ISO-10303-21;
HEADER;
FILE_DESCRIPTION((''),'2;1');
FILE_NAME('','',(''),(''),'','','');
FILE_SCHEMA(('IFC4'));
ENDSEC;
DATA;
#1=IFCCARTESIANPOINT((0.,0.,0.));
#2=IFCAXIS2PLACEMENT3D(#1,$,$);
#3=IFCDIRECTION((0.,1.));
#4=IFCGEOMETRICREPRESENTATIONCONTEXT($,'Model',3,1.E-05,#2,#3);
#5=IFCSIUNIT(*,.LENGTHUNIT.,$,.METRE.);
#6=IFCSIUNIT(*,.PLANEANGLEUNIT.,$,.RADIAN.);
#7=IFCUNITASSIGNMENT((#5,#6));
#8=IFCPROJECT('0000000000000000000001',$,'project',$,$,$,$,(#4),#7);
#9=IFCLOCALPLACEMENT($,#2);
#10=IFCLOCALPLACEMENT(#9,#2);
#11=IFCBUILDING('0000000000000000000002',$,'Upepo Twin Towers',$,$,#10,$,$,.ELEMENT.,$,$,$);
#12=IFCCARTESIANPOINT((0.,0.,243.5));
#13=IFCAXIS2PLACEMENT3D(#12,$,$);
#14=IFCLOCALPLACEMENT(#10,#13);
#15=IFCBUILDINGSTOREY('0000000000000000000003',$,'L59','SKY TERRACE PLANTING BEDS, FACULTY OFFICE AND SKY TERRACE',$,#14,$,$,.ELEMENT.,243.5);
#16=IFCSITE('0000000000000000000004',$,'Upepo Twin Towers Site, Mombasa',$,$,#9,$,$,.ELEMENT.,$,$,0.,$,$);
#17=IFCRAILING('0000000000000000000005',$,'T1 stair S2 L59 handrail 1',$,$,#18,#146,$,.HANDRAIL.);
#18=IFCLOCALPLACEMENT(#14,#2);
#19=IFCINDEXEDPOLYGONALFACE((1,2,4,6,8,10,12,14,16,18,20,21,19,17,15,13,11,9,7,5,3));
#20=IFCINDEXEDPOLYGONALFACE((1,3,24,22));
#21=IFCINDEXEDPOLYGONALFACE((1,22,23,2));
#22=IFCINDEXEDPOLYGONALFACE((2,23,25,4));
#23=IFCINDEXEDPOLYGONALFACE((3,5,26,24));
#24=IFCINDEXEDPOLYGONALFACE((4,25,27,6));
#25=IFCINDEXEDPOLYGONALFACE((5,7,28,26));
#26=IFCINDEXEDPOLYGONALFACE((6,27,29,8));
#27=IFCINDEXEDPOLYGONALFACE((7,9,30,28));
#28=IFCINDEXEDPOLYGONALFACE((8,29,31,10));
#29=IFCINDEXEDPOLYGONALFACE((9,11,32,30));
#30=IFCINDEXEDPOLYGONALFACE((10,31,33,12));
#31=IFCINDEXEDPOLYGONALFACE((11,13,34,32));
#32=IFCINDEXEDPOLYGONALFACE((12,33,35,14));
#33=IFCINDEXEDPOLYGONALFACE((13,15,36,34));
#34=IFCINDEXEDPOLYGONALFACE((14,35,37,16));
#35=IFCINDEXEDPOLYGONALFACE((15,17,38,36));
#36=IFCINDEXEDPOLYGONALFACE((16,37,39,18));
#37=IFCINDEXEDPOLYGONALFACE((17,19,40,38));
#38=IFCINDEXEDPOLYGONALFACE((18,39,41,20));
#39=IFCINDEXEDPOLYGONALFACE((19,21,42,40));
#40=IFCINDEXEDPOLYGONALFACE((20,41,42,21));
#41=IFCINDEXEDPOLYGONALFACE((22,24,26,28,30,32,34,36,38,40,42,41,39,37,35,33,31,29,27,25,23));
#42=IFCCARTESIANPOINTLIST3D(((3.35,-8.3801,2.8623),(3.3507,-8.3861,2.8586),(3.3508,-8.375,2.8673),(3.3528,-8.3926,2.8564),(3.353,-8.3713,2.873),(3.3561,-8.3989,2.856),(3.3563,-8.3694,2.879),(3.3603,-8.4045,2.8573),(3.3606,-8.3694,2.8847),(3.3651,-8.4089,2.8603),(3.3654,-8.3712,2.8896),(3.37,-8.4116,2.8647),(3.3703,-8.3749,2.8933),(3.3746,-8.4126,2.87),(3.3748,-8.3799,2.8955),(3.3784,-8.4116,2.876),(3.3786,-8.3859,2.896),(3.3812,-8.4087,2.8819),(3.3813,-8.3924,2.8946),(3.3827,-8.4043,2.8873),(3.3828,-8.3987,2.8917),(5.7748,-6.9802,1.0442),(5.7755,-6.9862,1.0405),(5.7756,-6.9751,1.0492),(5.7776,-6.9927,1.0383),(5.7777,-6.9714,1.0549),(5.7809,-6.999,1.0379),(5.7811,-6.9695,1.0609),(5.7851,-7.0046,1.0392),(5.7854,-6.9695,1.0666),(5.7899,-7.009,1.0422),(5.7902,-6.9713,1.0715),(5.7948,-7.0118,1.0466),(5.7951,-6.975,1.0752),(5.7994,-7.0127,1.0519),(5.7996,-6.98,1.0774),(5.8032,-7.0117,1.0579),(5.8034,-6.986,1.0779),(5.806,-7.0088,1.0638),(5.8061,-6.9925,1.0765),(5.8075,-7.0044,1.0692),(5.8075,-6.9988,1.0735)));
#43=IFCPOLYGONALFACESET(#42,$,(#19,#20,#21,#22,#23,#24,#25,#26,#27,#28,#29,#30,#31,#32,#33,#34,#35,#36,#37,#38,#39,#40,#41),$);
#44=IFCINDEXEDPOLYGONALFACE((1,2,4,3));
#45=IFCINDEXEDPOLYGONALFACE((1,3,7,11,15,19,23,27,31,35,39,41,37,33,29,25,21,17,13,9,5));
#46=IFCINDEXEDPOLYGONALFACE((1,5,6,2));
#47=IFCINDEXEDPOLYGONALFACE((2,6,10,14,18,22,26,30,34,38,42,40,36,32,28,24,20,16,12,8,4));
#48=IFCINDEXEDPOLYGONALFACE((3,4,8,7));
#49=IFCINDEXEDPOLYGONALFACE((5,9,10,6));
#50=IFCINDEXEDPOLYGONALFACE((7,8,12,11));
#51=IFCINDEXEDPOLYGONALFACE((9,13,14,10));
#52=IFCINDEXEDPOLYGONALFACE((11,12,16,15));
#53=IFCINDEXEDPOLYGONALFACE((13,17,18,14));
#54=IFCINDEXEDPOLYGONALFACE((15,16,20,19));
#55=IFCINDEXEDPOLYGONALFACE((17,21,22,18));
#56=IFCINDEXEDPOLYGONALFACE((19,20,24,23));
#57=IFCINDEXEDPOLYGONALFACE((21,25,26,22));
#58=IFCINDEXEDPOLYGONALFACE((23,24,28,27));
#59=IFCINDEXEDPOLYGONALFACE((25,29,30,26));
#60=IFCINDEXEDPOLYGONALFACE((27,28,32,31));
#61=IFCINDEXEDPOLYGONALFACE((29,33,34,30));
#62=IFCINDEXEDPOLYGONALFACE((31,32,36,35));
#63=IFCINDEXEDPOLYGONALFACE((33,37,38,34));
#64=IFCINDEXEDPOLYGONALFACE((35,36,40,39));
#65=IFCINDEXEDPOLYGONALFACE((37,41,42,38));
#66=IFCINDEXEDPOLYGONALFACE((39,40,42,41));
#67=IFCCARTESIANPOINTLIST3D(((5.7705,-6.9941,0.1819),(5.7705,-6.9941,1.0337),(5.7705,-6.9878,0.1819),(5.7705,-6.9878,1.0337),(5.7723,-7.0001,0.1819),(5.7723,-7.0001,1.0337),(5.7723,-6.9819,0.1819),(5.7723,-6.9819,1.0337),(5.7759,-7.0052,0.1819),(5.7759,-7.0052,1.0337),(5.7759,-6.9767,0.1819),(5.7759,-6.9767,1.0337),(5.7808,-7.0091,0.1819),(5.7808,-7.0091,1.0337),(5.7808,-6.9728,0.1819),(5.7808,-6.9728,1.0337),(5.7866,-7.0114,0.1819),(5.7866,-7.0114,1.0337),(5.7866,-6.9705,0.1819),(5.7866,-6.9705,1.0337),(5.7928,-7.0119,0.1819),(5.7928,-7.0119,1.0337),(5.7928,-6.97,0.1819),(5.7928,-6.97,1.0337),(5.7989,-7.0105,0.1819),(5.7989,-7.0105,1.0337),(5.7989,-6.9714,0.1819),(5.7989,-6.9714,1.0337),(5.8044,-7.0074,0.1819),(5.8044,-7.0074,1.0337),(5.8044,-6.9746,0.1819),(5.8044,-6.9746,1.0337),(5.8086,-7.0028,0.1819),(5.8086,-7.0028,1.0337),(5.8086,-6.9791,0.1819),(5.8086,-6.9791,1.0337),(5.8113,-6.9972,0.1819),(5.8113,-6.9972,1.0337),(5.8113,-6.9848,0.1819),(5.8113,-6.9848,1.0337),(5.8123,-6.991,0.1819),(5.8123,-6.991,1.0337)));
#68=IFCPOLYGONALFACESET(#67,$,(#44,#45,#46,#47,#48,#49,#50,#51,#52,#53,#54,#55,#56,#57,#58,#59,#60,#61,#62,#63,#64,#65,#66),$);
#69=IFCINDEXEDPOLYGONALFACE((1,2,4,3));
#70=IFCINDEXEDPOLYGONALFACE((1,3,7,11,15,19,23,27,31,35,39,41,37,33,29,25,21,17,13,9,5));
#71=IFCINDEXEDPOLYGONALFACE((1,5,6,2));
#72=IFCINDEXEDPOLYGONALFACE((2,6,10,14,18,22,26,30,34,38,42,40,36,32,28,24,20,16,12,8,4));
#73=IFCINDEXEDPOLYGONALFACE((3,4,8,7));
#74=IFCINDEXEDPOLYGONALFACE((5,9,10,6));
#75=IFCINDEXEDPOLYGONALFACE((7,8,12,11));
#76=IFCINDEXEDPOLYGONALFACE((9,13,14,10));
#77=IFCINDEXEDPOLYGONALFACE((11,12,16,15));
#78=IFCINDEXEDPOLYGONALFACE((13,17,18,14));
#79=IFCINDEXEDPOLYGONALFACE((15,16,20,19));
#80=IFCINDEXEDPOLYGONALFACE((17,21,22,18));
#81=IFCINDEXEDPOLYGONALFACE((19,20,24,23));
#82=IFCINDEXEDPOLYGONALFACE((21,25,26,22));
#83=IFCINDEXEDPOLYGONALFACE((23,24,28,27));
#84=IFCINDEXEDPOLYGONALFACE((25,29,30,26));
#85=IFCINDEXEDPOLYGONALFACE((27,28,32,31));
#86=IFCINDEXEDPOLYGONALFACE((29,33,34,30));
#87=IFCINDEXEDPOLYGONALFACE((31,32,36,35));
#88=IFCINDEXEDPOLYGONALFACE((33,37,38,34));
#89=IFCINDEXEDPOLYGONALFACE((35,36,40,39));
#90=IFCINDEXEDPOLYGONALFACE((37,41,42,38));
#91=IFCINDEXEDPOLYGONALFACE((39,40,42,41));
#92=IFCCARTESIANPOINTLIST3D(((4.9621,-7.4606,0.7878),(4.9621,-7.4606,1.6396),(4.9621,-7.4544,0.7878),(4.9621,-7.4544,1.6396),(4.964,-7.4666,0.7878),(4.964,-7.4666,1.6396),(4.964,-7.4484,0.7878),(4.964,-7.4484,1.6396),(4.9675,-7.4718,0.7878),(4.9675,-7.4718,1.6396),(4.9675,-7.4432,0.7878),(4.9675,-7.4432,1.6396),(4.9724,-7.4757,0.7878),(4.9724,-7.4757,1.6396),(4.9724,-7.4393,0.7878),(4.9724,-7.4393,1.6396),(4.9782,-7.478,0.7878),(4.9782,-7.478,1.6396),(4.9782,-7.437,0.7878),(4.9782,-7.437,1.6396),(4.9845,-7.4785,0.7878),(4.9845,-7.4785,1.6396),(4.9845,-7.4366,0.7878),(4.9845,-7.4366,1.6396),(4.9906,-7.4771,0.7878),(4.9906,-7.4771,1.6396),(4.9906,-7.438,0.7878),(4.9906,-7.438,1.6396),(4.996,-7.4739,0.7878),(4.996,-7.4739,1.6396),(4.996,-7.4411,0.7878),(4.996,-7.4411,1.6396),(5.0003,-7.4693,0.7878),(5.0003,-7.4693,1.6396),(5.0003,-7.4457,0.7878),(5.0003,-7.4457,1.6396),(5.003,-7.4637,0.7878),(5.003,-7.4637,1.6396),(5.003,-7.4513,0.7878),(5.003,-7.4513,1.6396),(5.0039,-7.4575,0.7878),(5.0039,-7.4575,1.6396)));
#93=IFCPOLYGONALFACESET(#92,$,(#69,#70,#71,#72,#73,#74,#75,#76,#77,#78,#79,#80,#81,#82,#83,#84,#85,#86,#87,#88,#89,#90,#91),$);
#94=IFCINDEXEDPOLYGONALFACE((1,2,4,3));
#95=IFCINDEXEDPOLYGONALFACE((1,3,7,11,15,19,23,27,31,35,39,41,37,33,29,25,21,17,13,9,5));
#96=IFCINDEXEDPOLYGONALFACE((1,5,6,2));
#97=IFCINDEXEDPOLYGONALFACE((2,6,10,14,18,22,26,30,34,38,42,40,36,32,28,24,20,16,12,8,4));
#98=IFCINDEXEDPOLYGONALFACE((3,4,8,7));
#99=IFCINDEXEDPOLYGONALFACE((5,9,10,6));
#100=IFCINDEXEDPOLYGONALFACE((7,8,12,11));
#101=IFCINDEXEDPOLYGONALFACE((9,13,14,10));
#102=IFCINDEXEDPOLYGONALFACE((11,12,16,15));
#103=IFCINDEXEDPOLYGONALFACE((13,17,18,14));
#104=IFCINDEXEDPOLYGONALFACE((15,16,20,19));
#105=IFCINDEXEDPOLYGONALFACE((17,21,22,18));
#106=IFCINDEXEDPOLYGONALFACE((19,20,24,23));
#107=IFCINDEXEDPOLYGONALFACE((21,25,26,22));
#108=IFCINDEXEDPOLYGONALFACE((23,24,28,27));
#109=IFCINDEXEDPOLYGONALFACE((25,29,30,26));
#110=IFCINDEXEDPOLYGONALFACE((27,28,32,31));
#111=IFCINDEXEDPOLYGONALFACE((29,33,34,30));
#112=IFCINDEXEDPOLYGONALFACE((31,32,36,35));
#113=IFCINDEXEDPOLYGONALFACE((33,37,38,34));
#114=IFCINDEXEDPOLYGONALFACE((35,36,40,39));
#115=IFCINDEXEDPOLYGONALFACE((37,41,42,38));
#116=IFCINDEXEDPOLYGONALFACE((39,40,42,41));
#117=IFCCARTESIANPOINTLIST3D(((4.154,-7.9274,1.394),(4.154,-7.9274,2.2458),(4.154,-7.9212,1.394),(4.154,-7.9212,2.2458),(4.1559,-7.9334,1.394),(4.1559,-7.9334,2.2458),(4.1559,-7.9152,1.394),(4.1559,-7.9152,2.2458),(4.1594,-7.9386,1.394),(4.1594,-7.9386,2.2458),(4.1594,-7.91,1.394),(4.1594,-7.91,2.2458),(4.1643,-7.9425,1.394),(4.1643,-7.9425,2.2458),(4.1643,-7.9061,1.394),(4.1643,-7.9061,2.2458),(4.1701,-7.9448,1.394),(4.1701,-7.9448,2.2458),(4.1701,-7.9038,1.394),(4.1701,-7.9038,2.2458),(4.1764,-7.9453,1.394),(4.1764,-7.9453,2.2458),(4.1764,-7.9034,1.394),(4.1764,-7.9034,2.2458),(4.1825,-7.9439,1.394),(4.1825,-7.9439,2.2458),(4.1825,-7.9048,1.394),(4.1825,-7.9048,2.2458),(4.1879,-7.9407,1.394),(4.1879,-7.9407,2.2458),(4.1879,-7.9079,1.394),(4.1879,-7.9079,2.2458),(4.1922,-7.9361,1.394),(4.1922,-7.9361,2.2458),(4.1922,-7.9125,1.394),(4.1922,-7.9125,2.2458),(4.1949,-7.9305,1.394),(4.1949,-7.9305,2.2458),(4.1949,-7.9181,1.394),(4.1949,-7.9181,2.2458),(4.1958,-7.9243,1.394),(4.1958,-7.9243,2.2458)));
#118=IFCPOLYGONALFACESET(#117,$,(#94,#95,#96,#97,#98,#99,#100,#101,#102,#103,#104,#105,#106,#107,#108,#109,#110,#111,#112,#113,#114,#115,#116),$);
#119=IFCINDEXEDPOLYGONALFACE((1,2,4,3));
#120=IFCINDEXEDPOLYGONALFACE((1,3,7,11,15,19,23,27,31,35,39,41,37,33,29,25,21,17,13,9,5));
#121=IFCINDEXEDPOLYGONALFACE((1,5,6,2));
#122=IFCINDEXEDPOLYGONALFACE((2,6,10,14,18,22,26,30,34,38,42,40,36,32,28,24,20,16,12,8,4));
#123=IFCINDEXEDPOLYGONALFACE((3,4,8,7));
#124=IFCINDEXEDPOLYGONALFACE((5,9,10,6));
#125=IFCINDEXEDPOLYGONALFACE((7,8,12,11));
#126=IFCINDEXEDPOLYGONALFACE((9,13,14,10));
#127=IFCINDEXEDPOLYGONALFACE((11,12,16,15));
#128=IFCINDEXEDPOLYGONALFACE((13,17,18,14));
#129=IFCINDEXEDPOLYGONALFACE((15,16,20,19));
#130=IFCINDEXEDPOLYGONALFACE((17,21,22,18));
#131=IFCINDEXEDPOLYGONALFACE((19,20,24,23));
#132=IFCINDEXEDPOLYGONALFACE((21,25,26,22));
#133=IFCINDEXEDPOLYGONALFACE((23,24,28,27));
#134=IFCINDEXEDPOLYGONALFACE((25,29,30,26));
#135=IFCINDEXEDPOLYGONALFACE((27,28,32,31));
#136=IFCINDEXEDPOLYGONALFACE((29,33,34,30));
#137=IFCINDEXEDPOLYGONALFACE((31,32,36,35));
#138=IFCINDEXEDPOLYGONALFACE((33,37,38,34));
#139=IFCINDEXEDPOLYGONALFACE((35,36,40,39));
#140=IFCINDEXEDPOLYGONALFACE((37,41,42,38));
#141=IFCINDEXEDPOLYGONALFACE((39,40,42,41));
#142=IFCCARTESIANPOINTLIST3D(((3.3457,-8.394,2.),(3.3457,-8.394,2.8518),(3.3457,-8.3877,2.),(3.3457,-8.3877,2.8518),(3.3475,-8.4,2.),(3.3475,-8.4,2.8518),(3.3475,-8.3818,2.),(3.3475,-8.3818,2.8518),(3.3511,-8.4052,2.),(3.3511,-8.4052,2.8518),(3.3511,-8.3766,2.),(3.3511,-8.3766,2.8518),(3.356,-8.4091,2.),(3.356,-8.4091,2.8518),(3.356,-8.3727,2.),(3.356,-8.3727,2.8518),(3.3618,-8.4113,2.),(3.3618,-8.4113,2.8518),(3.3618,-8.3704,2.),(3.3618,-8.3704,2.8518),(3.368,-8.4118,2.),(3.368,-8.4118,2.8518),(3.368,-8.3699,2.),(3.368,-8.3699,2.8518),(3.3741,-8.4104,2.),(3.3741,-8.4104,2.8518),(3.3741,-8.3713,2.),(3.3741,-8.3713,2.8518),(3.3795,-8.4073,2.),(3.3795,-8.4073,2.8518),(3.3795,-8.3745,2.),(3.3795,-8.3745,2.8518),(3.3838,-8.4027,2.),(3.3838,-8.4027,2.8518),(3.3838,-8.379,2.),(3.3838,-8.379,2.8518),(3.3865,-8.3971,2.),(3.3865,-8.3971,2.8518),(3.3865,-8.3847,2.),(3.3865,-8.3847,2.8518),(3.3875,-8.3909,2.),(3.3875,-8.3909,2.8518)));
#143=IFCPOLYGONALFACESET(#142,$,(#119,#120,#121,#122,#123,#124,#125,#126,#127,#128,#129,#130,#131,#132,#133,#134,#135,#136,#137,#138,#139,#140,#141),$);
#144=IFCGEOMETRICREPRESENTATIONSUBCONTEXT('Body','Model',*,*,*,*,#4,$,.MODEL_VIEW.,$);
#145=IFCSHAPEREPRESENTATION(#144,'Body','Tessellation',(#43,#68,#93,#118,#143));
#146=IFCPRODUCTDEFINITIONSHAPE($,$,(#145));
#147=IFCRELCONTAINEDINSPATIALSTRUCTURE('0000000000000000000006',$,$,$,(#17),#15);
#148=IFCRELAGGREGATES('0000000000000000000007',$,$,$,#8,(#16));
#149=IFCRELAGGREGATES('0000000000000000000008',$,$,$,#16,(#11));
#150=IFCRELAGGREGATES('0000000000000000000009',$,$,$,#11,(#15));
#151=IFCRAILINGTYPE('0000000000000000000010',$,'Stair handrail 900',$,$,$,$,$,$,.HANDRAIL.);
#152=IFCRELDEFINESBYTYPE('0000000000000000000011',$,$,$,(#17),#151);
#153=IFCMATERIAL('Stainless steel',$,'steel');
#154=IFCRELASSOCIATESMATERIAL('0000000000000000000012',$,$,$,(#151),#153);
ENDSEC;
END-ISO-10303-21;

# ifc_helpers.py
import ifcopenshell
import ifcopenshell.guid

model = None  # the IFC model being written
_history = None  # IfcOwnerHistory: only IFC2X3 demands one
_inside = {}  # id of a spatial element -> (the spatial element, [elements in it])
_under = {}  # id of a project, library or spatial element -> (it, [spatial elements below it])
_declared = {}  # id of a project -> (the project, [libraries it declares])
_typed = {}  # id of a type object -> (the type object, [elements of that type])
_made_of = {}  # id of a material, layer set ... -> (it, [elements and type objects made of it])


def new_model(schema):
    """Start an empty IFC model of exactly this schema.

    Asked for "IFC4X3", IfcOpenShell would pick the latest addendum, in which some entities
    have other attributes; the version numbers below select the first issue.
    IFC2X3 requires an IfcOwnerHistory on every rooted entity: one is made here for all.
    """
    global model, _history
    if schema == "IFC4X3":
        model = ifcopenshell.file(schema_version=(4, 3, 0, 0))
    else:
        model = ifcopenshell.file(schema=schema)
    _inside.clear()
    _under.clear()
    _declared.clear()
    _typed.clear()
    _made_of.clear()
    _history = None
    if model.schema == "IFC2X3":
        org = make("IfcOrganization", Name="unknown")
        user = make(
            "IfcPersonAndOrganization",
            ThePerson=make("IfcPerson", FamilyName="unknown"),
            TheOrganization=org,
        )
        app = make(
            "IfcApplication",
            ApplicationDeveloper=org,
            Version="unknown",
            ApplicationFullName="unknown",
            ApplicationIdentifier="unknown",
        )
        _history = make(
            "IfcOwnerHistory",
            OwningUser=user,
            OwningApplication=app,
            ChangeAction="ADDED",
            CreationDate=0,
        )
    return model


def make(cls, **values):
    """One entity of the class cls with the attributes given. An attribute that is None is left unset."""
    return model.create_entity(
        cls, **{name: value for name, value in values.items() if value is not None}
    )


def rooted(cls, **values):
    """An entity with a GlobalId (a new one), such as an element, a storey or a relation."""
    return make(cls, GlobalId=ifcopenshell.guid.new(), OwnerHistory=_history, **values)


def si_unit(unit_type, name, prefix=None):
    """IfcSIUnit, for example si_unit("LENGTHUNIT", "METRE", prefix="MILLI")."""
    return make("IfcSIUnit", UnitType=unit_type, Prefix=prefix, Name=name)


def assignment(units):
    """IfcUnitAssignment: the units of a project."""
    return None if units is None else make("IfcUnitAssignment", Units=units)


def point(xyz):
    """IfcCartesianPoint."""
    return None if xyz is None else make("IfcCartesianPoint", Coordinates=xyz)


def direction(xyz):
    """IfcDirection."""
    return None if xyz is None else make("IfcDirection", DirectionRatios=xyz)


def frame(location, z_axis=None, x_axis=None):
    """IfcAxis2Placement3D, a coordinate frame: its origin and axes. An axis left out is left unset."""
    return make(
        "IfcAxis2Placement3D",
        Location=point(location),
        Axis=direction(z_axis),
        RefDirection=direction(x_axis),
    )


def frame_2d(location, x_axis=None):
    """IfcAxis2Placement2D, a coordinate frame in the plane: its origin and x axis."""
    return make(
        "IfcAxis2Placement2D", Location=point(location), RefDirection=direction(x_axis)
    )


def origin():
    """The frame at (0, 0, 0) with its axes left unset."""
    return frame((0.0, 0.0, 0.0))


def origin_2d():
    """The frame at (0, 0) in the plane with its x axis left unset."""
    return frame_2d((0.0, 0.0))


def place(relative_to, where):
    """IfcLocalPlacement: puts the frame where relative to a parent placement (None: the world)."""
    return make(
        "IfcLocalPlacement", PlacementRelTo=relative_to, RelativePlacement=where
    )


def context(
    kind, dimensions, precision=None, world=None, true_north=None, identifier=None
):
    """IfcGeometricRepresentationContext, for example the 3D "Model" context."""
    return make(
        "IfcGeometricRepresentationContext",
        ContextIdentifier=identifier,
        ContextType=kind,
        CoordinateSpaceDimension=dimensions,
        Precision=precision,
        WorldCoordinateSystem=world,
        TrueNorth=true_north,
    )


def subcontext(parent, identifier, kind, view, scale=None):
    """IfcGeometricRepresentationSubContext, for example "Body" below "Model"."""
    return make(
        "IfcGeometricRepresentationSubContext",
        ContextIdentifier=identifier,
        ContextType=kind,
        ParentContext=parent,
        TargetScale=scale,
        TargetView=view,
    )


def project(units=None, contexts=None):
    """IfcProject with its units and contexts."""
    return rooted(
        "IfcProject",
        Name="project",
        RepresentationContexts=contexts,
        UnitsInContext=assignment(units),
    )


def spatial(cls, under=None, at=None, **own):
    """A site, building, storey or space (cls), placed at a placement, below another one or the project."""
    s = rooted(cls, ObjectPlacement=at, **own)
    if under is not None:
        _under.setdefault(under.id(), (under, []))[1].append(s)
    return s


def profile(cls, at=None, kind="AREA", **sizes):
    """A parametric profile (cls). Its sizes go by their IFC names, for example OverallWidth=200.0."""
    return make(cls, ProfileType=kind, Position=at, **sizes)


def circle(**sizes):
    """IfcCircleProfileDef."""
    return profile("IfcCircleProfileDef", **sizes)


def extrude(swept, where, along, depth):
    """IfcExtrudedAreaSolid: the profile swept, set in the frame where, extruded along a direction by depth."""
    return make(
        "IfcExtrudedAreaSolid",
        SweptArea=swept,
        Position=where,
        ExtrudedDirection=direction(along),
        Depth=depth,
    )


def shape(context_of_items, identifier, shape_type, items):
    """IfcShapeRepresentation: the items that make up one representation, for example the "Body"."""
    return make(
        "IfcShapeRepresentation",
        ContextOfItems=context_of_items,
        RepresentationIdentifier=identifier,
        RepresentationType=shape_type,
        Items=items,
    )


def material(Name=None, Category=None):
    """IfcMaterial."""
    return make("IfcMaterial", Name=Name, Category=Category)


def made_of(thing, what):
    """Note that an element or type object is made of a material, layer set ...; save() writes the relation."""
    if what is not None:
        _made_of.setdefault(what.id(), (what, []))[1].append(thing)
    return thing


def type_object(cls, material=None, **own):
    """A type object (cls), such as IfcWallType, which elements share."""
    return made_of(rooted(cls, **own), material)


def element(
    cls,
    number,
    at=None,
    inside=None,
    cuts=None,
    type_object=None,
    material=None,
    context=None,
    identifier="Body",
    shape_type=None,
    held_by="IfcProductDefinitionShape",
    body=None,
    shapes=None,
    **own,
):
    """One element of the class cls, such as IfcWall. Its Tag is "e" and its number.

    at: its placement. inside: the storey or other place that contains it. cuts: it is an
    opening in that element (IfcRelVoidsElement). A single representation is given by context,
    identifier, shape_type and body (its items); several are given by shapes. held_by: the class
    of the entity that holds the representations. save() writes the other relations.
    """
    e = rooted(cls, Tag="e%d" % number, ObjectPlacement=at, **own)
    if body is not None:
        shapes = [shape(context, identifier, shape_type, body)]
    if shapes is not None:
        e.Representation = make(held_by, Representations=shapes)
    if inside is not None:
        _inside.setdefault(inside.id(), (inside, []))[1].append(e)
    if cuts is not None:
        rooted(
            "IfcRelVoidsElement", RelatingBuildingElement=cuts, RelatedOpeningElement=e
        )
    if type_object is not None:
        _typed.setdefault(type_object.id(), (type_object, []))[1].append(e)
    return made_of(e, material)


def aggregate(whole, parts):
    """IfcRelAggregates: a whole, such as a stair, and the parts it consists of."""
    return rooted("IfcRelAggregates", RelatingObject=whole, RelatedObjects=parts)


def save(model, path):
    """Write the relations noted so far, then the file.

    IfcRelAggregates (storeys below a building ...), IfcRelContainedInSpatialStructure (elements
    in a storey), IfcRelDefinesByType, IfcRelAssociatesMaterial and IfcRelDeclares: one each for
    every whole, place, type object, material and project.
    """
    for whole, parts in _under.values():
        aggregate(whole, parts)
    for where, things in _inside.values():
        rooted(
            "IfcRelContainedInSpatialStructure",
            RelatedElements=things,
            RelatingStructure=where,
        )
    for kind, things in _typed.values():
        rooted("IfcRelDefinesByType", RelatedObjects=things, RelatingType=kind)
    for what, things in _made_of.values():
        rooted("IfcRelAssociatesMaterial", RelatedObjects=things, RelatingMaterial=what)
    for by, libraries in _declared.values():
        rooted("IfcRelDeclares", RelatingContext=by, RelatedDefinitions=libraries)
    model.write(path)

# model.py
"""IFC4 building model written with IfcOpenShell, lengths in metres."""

from ifc_helpers import new_model, si_unit, direction, frame, origin, origin_2d, place, context, subcontext, project, spatial, circle, extrude, material, type_object, element, save


model = new_model("IFC4")

# Units and contexts
model_context = context("Model", 3, precision=1e-05, world=origin(), true_north=direction((0.0, 1.0)))
body_context = subcontext(model_context, "Body", "Model", "MODEL_VIEW")
ifc_project = project(units=[si_unit("LENGTHUNIT", "METRE"), si_unit("PLANEANGLEUNIT", "RADIAN")], contexts=[model_context])

# Site, building, storey
site_placement = place(None, origin())
site = spatial("IfcSite", under=ifc_project, at=site_placement, Name="Upepo Twin Towers Site, Mombasa", CompositionType="ELEMENT", RefElevation=0.0)
building_placement = place(site_placement, origin())
building = spatial("IfcBuilding", under=site, at=building_placement, Name="Upepo Twin Towers", CompositionType="ELEMENT")
storey_placement = place(building_placement, frame((0.0, 0.0, 243.5)))
storey = spatial("IfcBuildingStorey", under=building, at=storey_placement, Name="L59", Description="SKY TERRACE PLANTING BEDS, FACULTY OFFICE AND SKY TERRACE", CompositionType="ELEMENT", Elevation=243.5)

# Railing
ifc_material_1 = material(Name="Stainless steel", Category="steel")
railing_type = type_object("IfcRailingType", Name="Stair handrail 900", PredefinedType="HANDRAIL", material=ifc_material_1)
railing_1_placement = place(storey_placement, frame((5.7913, -6.991, 0.1819)))
element("IfcRailing", 1, at=railing_1_placement, inside=storey, type_object=railing_type, Name="T1 stair S2 L59 handrail 1", PredefinedType="HANDRAIL", context=body_context, shape_type="SweptSolid", body=[
    extrude(circle(Radius=0.0239, at=origin_2d()), frame((0.0, 0.0, 0.876), z_axis=(-0.726336, -0.419333, 0.544606), x_axis=(0.499984, -0.866035, 0.0)), (0.0, 0.0, 1.0), 3.3384),
    extrude(circle(Radius=0.021, at=origin_2d()), origin(), (0.0, 0.0, 1.0), 0.8518),
    extrude(circle(Radius=0.021, at=origin_2d()), frame((-0.8083, -0.4666, 0.606)), (0.0, 0.0, 1.0), 0.8518),
    extrude(circle(Radius=0.021, at=origin_2d()), frame((-1.6165, -0.9333, 1.2122)), (0.0, 0.0, 1.0), 0.8518),
    extrude(circle(Radius=0.021, at=origin_2d()), frame((-2.4248, -1.3999, 1.8181)), (0.0, 0.0, 1.0), 0.8518),
])

save(model, "model.ifc")
